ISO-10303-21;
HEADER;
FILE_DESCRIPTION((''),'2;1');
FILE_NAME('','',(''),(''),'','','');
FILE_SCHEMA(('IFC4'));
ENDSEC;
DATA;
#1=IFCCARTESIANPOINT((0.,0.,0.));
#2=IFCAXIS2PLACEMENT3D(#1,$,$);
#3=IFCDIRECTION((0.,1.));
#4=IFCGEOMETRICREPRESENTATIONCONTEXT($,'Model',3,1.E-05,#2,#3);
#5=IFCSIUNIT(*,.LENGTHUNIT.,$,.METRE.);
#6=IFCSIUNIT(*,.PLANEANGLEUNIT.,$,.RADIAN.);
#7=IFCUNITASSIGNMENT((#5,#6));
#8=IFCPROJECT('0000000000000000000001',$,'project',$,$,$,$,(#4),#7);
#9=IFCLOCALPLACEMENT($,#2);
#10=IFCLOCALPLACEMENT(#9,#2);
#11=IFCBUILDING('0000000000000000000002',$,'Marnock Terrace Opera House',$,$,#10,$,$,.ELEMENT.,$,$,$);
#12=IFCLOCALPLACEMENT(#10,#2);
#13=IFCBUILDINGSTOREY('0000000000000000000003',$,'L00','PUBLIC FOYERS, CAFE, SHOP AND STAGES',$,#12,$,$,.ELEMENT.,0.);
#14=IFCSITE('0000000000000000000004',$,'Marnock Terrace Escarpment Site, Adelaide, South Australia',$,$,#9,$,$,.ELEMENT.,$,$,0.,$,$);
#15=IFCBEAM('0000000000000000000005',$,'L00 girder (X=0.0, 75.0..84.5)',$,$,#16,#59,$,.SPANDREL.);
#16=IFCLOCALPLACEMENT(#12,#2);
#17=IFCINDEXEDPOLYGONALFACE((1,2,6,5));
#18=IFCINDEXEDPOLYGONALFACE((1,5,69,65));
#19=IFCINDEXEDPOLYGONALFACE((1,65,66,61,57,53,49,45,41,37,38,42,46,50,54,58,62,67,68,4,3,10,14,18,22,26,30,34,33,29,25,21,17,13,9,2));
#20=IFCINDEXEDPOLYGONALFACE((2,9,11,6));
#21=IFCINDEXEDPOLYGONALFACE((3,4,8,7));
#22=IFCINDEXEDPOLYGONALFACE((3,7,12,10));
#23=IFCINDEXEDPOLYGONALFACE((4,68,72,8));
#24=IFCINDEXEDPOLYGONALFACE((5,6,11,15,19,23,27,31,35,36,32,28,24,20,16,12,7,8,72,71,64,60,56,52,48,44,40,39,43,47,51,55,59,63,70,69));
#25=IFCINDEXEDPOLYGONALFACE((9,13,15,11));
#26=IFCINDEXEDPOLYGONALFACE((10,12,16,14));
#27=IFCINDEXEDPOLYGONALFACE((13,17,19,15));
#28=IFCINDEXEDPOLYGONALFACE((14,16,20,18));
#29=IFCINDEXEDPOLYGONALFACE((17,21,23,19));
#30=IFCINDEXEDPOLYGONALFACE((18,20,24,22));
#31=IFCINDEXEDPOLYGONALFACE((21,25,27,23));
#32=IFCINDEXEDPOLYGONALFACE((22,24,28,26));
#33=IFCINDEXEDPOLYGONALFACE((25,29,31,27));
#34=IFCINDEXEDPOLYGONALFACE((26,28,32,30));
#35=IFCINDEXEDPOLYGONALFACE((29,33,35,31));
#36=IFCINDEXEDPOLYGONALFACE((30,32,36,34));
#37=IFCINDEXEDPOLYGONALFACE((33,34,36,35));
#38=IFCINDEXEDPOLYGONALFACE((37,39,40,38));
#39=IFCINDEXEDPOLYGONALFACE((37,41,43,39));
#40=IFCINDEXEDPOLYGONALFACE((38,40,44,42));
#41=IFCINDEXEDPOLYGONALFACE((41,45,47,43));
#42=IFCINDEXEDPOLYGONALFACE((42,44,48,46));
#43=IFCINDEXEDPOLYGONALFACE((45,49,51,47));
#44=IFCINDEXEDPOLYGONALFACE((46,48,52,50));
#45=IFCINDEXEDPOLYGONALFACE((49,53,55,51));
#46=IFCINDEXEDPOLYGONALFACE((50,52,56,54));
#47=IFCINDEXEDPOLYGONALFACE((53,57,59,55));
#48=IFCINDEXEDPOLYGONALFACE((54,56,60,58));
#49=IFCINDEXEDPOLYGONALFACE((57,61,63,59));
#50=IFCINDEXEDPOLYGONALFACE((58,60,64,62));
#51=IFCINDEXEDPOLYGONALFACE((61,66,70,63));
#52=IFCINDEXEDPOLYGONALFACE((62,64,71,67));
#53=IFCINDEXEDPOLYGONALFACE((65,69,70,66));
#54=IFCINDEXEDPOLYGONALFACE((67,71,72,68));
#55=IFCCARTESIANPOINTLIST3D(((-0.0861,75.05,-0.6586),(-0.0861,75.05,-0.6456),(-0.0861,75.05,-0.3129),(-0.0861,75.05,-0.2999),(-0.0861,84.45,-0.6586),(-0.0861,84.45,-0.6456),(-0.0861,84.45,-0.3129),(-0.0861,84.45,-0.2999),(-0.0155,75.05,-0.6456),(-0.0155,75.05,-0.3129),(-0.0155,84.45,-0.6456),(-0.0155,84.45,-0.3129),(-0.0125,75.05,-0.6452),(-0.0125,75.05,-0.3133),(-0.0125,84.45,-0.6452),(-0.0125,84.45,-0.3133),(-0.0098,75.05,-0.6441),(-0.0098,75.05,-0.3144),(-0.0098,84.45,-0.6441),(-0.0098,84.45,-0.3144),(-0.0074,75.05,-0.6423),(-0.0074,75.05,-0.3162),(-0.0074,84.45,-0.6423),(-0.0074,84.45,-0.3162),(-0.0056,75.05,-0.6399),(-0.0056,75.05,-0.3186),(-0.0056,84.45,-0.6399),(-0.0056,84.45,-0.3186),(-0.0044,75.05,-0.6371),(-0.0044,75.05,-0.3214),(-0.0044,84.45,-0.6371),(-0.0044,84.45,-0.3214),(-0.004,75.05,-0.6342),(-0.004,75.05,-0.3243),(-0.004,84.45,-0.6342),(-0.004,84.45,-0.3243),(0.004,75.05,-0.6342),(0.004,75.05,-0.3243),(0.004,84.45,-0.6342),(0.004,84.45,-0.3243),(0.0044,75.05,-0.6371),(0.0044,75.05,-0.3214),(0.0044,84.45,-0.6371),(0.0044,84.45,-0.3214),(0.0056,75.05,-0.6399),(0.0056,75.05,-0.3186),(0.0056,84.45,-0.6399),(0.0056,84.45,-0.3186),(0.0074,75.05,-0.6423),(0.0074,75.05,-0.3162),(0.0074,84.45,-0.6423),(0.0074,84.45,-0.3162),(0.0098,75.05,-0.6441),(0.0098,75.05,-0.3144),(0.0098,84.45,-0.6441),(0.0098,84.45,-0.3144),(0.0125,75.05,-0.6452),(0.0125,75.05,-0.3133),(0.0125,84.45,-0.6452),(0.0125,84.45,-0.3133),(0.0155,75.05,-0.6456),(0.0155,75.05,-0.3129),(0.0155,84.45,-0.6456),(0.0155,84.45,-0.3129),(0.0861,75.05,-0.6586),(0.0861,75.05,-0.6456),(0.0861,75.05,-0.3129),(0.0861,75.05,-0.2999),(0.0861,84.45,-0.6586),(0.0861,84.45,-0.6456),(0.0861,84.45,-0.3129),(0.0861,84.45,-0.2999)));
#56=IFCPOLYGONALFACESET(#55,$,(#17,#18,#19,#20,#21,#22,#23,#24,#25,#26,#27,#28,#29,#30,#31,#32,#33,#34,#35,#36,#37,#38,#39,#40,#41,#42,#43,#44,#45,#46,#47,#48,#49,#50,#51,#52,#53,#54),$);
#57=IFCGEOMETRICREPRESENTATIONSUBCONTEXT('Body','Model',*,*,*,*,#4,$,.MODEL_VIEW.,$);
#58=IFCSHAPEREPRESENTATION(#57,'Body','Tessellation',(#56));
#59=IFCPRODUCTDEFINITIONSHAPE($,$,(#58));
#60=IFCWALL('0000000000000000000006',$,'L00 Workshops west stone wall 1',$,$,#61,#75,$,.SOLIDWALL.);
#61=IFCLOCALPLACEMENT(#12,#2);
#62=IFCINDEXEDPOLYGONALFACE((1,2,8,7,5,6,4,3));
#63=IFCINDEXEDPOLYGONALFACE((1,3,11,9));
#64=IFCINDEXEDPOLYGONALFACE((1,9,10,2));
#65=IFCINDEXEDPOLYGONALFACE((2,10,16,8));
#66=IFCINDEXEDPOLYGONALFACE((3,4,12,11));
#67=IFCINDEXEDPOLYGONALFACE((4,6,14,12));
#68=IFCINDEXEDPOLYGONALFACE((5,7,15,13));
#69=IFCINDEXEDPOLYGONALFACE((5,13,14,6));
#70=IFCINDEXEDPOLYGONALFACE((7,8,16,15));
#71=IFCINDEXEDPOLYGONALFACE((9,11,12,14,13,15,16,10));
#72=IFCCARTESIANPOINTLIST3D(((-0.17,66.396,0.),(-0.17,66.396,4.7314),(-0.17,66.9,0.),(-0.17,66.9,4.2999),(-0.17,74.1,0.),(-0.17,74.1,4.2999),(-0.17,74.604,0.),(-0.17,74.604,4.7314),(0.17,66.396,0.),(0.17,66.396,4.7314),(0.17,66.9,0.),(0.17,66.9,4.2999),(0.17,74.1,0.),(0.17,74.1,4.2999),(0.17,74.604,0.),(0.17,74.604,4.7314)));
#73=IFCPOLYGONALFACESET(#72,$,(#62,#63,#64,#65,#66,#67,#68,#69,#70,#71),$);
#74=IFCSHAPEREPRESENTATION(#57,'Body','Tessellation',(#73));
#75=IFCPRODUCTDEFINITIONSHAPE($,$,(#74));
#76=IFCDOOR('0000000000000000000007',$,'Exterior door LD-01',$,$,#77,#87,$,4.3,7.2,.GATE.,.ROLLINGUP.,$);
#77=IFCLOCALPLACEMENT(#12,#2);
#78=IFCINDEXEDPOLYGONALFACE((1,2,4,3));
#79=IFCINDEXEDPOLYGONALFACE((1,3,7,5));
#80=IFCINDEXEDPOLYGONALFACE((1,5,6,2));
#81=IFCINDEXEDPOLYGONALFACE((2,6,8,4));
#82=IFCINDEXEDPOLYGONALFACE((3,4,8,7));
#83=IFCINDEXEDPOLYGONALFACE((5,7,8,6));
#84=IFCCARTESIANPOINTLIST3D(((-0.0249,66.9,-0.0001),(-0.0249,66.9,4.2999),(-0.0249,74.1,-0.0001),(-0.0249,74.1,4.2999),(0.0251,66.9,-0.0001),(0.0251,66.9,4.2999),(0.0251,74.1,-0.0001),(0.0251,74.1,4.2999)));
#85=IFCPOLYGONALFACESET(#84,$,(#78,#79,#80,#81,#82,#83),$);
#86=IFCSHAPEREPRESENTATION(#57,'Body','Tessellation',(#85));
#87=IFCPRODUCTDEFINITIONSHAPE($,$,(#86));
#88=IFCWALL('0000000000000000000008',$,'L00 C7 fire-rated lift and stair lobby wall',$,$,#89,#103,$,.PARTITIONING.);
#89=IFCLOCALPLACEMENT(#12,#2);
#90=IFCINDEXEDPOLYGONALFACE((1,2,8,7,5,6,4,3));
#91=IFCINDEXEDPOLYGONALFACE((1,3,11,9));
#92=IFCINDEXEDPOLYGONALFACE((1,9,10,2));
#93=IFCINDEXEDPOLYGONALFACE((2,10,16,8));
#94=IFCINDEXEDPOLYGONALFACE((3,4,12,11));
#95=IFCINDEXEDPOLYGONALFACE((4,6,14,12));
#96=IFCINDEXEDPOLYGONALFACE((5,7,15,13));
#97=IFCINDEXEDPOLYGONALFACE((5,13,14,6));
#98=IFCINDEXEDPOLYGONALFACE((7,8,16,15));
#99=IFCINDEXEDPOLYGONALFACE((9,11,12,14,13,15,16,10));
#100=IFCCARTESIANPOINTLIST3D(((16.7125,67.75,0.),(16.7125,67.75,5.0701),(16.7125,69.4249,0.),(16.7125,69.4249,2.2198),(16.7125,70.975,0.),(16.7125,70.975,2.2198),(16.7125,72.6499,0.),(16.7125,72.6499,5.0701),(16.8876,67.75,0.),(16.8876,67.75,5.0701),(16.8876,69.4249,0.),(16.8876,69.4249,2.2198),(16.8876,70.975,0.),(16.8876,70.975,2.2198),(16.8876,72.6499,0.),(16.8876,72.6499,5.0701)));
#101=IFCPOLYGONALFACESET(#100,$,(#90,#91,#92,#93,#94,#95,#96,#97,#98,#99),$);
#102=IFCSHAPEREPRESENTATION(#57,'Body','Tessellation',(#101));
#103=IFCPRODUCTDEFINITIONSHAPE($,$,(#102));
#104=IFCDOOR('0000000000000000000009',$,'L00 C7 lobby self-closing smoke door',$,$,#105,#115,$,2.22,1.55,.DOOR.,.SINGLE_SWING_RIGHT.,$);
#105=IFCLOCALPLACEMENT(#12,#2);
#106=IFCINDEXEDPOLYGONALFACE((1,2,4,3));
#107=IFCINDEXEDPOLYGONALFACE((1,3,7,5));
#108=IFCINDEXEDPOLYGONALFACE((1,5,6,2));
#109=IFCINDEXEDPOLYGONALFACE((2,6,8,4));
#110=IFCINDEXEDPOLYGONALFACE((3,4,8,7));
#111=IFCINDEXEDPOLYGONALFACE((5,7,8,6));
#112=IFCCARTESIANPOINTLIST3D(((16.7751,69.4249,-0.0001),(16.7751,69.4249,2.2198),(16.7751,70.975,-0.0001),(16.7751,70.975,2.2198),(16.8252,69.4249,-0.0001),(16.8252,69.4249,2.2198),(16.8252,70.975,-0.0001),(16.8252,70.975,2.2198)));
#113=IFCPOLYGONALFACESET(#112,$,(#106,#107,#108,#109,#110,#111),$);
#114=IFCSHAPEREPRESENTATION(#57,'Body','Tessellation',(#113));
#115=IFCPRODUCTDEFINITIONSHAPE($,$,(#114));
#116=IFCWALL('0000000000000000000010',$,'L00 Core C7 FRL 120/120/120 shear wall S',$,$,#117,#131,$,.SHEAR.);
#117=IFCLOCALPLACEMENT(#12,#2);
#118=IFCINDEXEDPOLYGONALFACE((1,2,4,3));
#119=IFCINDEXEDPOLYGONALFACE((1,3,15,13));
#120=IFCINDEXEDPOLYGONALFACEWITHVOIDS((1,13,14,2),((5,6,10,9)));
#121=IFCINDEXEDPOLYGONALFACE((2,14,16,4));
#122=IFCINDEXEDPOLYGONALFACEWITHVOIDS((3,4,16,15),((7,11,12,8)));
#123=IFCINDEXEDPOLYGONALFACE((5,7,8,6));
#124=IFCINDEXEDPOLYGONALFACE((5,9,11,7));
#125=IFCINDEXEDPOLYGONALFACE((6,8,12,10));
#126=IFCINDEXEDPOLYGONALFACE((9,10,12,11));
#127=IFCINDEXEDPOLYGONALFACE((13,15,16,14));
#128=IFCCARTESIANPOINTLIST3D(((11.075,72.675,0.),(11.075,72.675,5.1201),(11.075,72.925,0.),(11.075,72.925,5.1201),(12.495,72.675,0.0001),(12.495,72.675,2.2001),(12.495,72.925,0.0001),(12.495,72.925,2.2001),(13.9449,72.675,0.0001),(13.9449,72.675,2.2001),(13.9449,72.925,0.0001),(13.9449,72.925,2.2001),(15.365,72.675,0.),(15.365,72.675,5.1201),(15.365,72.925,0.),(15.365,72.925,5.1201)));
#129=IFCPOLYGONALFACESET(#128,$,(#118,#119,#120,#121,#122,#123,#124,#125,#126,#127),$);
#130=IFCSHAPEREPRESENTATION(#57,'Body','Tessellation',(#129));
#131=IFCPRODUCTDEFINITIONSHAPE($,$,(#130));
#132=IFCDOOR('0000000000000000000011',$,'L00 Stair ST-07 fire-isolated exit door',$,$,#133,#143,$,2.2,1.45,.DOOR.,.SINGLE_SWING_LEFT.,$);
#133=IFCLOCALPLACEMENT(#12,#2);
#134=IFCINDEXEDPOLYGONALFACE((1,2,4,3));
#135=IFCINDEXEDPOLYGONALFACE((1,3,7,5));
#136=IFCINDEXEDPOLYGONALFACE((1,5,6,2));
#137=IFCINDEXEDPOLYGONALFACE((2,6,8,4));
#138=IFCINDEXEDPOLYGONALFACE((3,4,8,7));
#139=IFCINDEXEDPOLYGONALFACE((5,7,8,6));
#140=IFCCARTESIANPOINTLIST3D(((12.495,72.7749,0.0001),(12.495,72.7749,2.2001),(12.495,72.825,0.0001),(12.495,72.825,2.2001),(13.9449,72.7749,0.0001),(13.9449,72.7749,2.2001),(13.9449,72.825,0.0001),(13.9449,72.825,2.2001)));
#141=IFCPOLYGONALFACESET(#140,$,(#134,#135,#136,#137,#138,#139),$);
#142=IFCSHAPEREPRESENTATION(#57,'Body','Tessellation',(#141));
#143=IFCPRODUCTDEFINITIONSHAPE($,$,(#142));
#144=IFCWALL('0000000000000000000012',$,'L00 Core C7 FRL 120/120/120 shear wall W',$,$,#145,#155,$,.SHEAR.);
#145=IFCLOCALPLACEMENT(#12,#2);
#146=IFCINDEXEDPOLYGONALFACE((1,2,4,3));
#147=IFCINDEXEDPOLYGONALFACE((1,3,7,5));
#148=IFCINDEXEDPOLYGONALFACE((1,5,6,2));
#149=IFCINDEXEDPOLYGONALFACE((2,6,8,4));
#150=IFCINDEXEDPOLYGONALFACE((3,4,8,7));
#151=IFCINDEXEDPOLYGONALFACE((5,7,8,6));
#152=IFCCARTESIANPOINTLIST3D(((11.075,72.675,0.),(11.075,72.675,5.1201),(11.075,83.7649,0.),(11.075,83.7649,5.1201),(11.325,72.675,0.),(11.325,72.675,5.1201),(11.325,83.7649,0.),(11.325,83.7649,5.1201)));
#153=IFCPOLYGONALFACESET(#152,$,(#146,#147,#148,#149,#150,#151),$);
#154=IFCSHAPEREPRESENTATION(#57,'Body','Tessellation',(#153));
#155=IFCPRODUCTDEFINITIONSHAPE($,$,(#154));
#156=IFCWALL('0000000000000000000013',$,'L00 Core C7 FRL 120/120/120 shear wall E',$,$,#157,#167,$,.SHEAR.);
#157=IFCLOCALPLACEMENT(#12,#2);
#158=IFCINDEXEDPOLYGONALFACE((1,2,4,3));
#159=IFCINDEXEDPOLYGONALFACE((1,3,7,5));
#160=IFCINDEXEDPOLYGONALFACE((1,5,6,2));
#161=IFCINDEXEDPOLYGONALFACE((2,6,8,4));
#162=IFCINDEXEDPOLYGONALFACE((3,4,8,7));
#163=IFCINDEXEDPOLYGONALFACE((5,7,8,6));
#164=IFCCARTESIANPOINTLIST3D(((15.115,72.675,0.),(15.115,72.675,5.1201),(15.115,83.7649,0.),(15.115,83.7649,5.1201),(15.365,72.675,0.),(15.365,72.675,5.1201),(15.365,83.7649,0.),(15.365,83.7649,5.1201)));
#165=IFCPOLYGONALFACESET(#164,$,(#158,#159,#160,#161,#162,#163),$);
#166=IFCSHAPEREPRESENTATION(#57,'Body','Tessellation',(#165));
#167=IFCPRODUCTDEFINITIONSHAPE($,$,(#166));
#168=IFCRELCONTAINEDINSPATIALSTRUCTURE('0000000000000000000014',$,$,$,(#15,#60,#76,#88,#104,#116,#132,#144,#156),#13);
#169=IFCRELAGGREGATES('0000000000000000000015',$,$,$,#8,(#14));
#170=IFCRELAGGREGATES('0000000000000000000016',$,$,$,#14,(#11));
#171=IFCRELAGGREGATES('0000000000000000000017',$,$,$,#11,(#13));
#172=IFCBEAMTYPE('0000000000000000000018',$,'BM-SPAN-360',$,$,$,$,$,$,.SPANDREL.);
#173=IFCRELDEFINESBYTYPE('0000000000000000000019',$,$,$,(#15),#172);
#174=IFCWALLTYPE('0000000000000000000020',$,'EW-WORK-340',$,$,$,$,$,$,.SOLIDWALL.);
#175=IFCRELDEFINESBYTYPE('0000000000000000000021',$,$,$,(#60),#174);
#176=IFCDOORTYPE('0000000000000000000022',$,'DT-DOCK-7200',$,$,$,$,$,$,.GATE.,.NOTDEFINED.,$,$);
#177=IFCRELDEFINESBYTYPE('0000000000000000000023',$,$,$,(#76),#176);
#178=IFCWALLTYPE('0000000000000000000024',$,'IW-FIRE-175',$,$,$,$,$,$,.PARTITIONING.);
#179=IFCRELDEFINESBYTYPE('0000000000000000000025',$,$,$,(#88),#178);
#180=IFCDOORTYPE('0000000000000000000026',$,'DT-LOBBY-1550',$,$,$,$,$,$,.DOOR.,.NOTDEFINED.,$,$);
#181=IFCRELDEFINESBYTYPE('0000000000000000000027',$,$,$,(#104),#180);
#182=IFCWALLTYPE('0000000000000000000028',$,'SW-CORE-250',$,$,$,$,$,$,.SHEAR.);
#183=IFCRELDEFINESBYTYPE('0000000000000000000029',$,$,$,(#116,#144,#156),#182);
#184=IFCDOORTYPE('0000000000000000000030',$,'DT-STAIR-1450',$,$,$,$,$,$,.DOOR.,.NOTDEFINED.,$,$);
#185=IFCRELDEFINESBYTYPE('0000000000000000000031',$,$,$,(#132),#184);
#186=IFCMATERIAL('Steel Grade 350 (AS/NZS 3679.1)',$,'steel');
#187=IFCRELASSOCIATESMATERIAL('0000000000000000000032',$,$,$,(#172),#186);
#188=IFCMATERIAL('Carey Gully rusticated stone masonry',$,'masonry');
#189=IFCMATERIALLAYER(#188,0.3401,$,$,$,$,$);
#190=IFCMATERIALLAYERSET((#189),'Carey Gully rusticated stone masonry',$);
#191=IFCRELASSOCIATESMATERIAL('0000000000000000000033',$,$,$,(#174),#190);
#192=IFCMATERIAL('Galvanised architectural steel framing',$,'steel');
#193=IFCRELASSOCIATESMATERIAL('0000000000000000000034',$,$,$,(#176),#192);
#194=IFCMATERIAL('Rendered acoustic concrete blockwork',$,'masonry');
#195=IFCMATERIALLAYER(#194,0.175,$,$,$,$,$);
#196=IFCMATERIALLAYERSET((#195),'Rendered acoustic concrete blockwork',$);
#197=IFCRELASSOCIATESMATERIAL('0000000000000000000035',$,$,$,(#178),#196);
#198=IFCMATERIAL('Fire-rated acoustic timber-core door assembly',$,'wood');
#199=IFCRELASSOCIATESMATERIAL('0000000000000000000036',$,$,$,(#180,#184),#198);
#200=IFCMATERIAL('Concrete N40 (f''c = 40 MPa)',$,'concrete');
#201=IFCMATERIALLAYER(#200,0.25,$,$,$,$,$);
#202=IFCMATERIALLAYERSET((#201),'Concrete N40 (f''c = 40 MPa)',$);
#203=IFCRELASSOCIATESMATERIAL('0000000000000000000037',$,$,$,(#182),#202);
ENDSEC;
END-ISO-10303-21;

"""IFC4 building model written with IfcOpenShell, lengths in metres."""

from ifc_helpers import new_model, si_unit, direction, frame, frame_2d, origin, origin_2d, place, context, subcontext, project, spatial, rectangle, i_section, extrude, material, layer, layer_set, material_profile, profile_set, type_object, element, fill, save


model = new_model("IFC4")

# Units and contexts
model_context = context("Model", 3, precision=1e-05, world=origin(), true_north=direction((0.0, 1.0)))
body_context = subcontext(model_context, "Body", "Model", "MODEL_VIEW")
ifc_project = project(units=[si_unit("LENGTHUNIT", "METRE"), si_unit("PLANEANGLEUNIT", "RADIAN")], contexts=[model_context])

# Site, building, storey
site_placement = place(None, origin())
site = spatial("IfcSite", under=ifc_project, at=site_placement, Name="Marnock Terrace Escarpment Site, Adelaide, South Australia", CompositionType="ELEMENT", RefElevation=0.0)
building_placement = place(site_placement, origin())
building = spatial("IfcBuilding", under=site, at=building_placement, Name="Marnock Terrace Opera House", CompositionType="ELEMENT")
storey_placement = place(building_placement, origin())
storey = spatial("IfcBuildingStorey", under=building, at=storey_placement, Name="L00", Description="PUBLIC FOYERS, CAFE, SHOP AND STAGES", CompositionType="ELEMENT", Elevation=0.0)

# Shared definitions
ifc_material_1 = material(Name="Concrete N40 (f'c = 40 MPa)", Category="concrete")
ifc_material_2 = material(Name="Steel Grade 350 (AS/NZS 3679.1)", Category="steel")

# Beam
ifc_material_profile_1 = material_profile(ifc_material_2, i_section(OverallWidth=0.1721, OverallDepth=0.3586, WebThickness=0.0081, FlangeThickness=0.0129, FilletRadius=0.0115, at=origin_2d()))
ifc_profile_set_1 = profile_set([ifc_material_profile_1], Name="Steel Grade 350 (AS/NZS 3679.1)")
beam_type_1 = type_object("IfcBeamType", Name="BM-SPAN-360", PredefinedType="SPANDREL", material=ifc_profile_set_1)
beam_1_placement = place(storey_placement, frame((0.0, 75.05, -0.4792), z_axis=(0.0, 1.0, 0.0), x_axis=(-1.0, 0.0, 0.0)))
element("IfcBeam", 1, at=beam_1_placement, inside=storey, type_object=beam_type_1, Name="L00 girder (X=0.0, 75.0..84.5)", PredefinedType="SPANDREL", context=body_context, shape_type="SweptSolid", body=[
    extrude(i_section(OverallWidth=0.1721, OverallDepth=0.3586, WebThickness=0.0081, FlangeThickness=0.0129, FilletRadius=0.0115, at=origin_2d()), origin(), (0.0, 0.0, 1.0), 9.3999),
])

# Walls, openings, doors
ifc_material_3 = material(Name="Carey Gully rusticated stone masonry", Category="masonry")
ifc_layer_1 = layer(ifc_material_3, 0.3401)
ifc_layer_set_1 = layer_set([ifc_layer_1], Name="Carey Gully rusticated stone masonry")
wall_type_1 = type_object("IfcWallType", Name="EW-WORK-340", PredefinedType="SOLIDWALL", material=ifc_layer_set_1)
wall_1_placement = place(storey_placement, frame((0.0, 66.396, 0.0), z_axis=(0.0, 0.0, 1.0), x_axis=(0.0, 1.0, 0.0)))
wall_1 = element("IfcWall", 2, at=wall_1_placement, inside=storey, type_object=wall_type_1, Name="L00 Workshops west stone wall 1", PredefinedType="SOLIDWALL", context=body_context, shape_type="SweptSolid", body=[
    extrude(rectangle(XDim=8.208, YDim=0.3401, at=frame_2d((4.104, 0.0))), origin(), (0.0, 0.0, 1.0), 4.7314),
])
opening_1_placement = place(wall_1_placement, frame((0.5039, 0.0, 0.0)))
opening_1 = element("IfcOpeningElement", 3, at=opening_1_placement, cuts=wall_1, PredefinedType="OPENING", context=body_context, shape_type="SweptSolid", body=[
    extrude(rectangle(XDim=7.2, YDim=4.3, at=frame_2d((3.6001, 2.1499))), frame((0.0, 0.1799, 0.0), z_axis=(0.0, -1.0, 0.0), x_axis=(1.0, 0.0, 0.0)), (0.0, 0.0, 1.0), 0.3601),
])
ifc_material_4 = material(Name="Galvanised architectural steel framing", Category="steel")
door_type_1 = type_object("IfcDoorType", Name="DT-DOCK-7200", OperationType="NOTDEFINED", PredefinedType="GATE", material=ifc_material_4)
door_1_placement = place(opening_1_placement, origin())
door_1 = element("IfcDoor", 4, at=door_1_placement, inside=storey, type_object=door_type_1, Name="Exterior door LD-01", OperationType="ROLLINGUP", OverallHeight=4.3, OverallWidth=7.2, PredefinedType="GATE", context=body_context, shape_type="SweptSolid", body=[
    extrude(rectangle(XDim=7.2, YDim=4.3, at=frame_2d((3.6001, 2.1499))), frame((0.0, 0.0249, 0.0), z_axis=(0.0, -1.0, 0.0), x_axis=(1.0, 0.0, 0.0)), (0.0, 0.0, 1.0), 0.05),
])
fill(opening_1, door_1)
ifc_material_5 = material(Name="Rendered acoustic concrete blockwork", Category="masonry")
ifc_layer_2 = layer(ifc_material_5, 0.175)
ifc_layer_set_2 = layer_set([ifc_layer_2], Name="Rendered acoustic concrete blockwork")
wall_type_2 = type_object("IfcWallType", Name="IW-FIRE-175", PredefinedType="PARTITIONING", material=ifc_layer_set_2)
wall_2_placement = place(storey_placement, frame((16.8, 67.75, 0.0), z_axis=(0.0, 0.0, 1.0), x_axis=(0.0, 1.0, 0.0)))
wall_2 = element("IfcWall", 5, at=wall_2_placement, inside=storey, type_object=wall_type_2, Name="L00 C7 fire-rated lift and stair lobby wall", PredefinedType="PARTITIONING", context=body_context, shape_type="SweptSolid", body=[
    extrude(rectangle(XDim=4.8999, YDim=0.175, at=frame_2d((2.45, 0.0))), origin(), (0.0, 0.0, 1.0), 5.0701),
])
opening_2_placement = place(wall_2_placement, frame((1.675, 0.0, 0.0)))
opening_2 = element("IfcOpeningElement", 6, at=opening_2_placement, cuts=wall_2, PredefinedType="OPENING", context=body_context, shape_type="SweptSolid", body=[
    extrude(rectangle(XDim=1.55, YDim=2.22, at=frame_2d((0.7749, 1.1099))), frame((0.0, 0.0974, 0.0), z_axis=(0.0, -1.0, 0.0), x_axis=(1.0, 0.0, 0.0)), (0.0, 0.0, 1.0), 0.1951),
])
ifc_material_6 = material(Name="Fire-rated acoustic timber-core door assembly", Category="wood")
door_type_2 = type_object("IfcDoorType", Name="DT-LOBBY-1550", OperationType="NOTDEFINED", PredefinedType="DOOR", material=ifc_material_6)
door_2_placement = place(opening_2_placement, origin())
door_2 = element("IfcDoor", 7, at=door_2_placement, inside=storey, type_object=door_type_2, Name="L00 C7 lobby self-closing smoke door", OperationType="SINGLE_SWING_RIGHT", OverallHeight=2.22, OverallWidth=1.55, PredefinedType="DOOR", context=body_context, shape_type="SweptSolid", body=[
    extrude(rectangle(XDim=1.55, YDim=2.22, at=frame_2d((0.7749, 1.1099))), frame((0.0, 0.0249, 0.0), z_axis=(0.0, -1.0, 0.0), x_axis=(1.0, 0.0, 0.0)), (0.0, 0.0, 1.0), 0.05),
])
fill(opening_2, door_2)
ifc_layer_3 = layer(ifc_material_1, 0.25)
ifc_layer_set_3 = layer_set([ifc_layer_3], Name="Concrete N40 (f'c = 40 MPa)")
wall_type_3 = type_object("IfcWallType", Name="SW-CORE-250", PredefinedType="SHEAR", material=ifc_layer_set_3)
wall_3_placement = place(storey_placement, frame((11.075, 72.8, 0.0), z_axis=(0.0, 0.0, 1.0), x_axis=(1.0, 0.0, 0.0)))
wall_3 = element("IfcWall", 8, at=wall_3_placement, inside=storey, type_object=wall_type_3, Name="L00 Core C7 FRL 120/120/120 shear wall S", PredefinedType="SHEAR", context=body_context, shape_type="SweptSolid", body=[
    extrude(rectangle(XDim=4.29, YDim=0.25, at=frame_2d((2.145, 0.0))), origin(), (0.0, 0.0, 1.0), 5.1201),
])
opening_3_placement = place(wall_3_placement, frame((1.4199, 0.0, 0.0)))
opening_3 = element("IfcOpeningElement", 9, at=opening_3_placement, cuts=wall_3, PredefinedType="OPENING", context=body_context, shape_type="SweptSolid", body=[
    extrude(rectangle(XDim=1.45, YDim=2.2, at=frame_2d((0.7251, 1.1001))), frame((0.0, 0.135, 0.0), z_axis=(0.0, -1.0, 0.0), x_axis=(1.0, 0.0, 0.0)), (0.0, 0.0, 1.0), 0.27),
])
door_type_3 = type_object("IfcDoorType", Name="DT-STAIR-1450", OperationType="NOTDEFINED", PredefinedType="DOOR", material=ifc_material_6)
door_3_placement = place(opening_3_placement, origin())
door_3 = element("IfcDoor", 10, at=door_3_placement, inside=storey, type_object=door_type_3, Name="L00 Stair ST-07 fire-isolated exit door", OperationType="SINGLE_SWING_LEFT", OverallHeight=2.2, OverallWidth=1.45, PredefinedType="DOOR", context=body_context, shape_type="SweptSolid", body=[
    extrude(rectangle(XDim=1.45, YDim=2.2, at=frame_2d((0.7251, 1.1001))), frame((0.0, 0.0249, 0.0), z_axis=(0.0, -1.0, 0.0), x_axis=(1.0, 0.0, 0.0)), (0.0, 0.0, 1.0), 0.05),
])
fill(opening_3, door_3)

# Walls
for number, where, z_axis, x_axis, name in (
    (11, (11.2, 72.675, 0.0), (0.0, 0.0, 1.0), (0.0, 1.0, 0.0), "L00 Core C7 FRL 120/120/120 shear wall W"),
    (12, (15.24, 72.675, 0.0), (0.0, 0.0, 1.0), (0.0, 1.0, 0.0), "L00 Core C7 FRL 120/120/120 shear wall E"),
):
    element("IfcWall", number, at=place(storey_placement, frame(where, z_axis=z_axis, x_axis=x_axis)), inside=storey, type_object=wall_type_3, Name=name, PredefinedType="SHEAR", context=body_context, shape_type="SweptSolid", body=[
        extrude(rectangle(XDim=11.0898, YDim=0.25, at=frame_2d((5.5449, 0.0))), origin(), (0.0, 0.0, 1.0), 5.1201),
    ])

save(model, "model.ifc")
